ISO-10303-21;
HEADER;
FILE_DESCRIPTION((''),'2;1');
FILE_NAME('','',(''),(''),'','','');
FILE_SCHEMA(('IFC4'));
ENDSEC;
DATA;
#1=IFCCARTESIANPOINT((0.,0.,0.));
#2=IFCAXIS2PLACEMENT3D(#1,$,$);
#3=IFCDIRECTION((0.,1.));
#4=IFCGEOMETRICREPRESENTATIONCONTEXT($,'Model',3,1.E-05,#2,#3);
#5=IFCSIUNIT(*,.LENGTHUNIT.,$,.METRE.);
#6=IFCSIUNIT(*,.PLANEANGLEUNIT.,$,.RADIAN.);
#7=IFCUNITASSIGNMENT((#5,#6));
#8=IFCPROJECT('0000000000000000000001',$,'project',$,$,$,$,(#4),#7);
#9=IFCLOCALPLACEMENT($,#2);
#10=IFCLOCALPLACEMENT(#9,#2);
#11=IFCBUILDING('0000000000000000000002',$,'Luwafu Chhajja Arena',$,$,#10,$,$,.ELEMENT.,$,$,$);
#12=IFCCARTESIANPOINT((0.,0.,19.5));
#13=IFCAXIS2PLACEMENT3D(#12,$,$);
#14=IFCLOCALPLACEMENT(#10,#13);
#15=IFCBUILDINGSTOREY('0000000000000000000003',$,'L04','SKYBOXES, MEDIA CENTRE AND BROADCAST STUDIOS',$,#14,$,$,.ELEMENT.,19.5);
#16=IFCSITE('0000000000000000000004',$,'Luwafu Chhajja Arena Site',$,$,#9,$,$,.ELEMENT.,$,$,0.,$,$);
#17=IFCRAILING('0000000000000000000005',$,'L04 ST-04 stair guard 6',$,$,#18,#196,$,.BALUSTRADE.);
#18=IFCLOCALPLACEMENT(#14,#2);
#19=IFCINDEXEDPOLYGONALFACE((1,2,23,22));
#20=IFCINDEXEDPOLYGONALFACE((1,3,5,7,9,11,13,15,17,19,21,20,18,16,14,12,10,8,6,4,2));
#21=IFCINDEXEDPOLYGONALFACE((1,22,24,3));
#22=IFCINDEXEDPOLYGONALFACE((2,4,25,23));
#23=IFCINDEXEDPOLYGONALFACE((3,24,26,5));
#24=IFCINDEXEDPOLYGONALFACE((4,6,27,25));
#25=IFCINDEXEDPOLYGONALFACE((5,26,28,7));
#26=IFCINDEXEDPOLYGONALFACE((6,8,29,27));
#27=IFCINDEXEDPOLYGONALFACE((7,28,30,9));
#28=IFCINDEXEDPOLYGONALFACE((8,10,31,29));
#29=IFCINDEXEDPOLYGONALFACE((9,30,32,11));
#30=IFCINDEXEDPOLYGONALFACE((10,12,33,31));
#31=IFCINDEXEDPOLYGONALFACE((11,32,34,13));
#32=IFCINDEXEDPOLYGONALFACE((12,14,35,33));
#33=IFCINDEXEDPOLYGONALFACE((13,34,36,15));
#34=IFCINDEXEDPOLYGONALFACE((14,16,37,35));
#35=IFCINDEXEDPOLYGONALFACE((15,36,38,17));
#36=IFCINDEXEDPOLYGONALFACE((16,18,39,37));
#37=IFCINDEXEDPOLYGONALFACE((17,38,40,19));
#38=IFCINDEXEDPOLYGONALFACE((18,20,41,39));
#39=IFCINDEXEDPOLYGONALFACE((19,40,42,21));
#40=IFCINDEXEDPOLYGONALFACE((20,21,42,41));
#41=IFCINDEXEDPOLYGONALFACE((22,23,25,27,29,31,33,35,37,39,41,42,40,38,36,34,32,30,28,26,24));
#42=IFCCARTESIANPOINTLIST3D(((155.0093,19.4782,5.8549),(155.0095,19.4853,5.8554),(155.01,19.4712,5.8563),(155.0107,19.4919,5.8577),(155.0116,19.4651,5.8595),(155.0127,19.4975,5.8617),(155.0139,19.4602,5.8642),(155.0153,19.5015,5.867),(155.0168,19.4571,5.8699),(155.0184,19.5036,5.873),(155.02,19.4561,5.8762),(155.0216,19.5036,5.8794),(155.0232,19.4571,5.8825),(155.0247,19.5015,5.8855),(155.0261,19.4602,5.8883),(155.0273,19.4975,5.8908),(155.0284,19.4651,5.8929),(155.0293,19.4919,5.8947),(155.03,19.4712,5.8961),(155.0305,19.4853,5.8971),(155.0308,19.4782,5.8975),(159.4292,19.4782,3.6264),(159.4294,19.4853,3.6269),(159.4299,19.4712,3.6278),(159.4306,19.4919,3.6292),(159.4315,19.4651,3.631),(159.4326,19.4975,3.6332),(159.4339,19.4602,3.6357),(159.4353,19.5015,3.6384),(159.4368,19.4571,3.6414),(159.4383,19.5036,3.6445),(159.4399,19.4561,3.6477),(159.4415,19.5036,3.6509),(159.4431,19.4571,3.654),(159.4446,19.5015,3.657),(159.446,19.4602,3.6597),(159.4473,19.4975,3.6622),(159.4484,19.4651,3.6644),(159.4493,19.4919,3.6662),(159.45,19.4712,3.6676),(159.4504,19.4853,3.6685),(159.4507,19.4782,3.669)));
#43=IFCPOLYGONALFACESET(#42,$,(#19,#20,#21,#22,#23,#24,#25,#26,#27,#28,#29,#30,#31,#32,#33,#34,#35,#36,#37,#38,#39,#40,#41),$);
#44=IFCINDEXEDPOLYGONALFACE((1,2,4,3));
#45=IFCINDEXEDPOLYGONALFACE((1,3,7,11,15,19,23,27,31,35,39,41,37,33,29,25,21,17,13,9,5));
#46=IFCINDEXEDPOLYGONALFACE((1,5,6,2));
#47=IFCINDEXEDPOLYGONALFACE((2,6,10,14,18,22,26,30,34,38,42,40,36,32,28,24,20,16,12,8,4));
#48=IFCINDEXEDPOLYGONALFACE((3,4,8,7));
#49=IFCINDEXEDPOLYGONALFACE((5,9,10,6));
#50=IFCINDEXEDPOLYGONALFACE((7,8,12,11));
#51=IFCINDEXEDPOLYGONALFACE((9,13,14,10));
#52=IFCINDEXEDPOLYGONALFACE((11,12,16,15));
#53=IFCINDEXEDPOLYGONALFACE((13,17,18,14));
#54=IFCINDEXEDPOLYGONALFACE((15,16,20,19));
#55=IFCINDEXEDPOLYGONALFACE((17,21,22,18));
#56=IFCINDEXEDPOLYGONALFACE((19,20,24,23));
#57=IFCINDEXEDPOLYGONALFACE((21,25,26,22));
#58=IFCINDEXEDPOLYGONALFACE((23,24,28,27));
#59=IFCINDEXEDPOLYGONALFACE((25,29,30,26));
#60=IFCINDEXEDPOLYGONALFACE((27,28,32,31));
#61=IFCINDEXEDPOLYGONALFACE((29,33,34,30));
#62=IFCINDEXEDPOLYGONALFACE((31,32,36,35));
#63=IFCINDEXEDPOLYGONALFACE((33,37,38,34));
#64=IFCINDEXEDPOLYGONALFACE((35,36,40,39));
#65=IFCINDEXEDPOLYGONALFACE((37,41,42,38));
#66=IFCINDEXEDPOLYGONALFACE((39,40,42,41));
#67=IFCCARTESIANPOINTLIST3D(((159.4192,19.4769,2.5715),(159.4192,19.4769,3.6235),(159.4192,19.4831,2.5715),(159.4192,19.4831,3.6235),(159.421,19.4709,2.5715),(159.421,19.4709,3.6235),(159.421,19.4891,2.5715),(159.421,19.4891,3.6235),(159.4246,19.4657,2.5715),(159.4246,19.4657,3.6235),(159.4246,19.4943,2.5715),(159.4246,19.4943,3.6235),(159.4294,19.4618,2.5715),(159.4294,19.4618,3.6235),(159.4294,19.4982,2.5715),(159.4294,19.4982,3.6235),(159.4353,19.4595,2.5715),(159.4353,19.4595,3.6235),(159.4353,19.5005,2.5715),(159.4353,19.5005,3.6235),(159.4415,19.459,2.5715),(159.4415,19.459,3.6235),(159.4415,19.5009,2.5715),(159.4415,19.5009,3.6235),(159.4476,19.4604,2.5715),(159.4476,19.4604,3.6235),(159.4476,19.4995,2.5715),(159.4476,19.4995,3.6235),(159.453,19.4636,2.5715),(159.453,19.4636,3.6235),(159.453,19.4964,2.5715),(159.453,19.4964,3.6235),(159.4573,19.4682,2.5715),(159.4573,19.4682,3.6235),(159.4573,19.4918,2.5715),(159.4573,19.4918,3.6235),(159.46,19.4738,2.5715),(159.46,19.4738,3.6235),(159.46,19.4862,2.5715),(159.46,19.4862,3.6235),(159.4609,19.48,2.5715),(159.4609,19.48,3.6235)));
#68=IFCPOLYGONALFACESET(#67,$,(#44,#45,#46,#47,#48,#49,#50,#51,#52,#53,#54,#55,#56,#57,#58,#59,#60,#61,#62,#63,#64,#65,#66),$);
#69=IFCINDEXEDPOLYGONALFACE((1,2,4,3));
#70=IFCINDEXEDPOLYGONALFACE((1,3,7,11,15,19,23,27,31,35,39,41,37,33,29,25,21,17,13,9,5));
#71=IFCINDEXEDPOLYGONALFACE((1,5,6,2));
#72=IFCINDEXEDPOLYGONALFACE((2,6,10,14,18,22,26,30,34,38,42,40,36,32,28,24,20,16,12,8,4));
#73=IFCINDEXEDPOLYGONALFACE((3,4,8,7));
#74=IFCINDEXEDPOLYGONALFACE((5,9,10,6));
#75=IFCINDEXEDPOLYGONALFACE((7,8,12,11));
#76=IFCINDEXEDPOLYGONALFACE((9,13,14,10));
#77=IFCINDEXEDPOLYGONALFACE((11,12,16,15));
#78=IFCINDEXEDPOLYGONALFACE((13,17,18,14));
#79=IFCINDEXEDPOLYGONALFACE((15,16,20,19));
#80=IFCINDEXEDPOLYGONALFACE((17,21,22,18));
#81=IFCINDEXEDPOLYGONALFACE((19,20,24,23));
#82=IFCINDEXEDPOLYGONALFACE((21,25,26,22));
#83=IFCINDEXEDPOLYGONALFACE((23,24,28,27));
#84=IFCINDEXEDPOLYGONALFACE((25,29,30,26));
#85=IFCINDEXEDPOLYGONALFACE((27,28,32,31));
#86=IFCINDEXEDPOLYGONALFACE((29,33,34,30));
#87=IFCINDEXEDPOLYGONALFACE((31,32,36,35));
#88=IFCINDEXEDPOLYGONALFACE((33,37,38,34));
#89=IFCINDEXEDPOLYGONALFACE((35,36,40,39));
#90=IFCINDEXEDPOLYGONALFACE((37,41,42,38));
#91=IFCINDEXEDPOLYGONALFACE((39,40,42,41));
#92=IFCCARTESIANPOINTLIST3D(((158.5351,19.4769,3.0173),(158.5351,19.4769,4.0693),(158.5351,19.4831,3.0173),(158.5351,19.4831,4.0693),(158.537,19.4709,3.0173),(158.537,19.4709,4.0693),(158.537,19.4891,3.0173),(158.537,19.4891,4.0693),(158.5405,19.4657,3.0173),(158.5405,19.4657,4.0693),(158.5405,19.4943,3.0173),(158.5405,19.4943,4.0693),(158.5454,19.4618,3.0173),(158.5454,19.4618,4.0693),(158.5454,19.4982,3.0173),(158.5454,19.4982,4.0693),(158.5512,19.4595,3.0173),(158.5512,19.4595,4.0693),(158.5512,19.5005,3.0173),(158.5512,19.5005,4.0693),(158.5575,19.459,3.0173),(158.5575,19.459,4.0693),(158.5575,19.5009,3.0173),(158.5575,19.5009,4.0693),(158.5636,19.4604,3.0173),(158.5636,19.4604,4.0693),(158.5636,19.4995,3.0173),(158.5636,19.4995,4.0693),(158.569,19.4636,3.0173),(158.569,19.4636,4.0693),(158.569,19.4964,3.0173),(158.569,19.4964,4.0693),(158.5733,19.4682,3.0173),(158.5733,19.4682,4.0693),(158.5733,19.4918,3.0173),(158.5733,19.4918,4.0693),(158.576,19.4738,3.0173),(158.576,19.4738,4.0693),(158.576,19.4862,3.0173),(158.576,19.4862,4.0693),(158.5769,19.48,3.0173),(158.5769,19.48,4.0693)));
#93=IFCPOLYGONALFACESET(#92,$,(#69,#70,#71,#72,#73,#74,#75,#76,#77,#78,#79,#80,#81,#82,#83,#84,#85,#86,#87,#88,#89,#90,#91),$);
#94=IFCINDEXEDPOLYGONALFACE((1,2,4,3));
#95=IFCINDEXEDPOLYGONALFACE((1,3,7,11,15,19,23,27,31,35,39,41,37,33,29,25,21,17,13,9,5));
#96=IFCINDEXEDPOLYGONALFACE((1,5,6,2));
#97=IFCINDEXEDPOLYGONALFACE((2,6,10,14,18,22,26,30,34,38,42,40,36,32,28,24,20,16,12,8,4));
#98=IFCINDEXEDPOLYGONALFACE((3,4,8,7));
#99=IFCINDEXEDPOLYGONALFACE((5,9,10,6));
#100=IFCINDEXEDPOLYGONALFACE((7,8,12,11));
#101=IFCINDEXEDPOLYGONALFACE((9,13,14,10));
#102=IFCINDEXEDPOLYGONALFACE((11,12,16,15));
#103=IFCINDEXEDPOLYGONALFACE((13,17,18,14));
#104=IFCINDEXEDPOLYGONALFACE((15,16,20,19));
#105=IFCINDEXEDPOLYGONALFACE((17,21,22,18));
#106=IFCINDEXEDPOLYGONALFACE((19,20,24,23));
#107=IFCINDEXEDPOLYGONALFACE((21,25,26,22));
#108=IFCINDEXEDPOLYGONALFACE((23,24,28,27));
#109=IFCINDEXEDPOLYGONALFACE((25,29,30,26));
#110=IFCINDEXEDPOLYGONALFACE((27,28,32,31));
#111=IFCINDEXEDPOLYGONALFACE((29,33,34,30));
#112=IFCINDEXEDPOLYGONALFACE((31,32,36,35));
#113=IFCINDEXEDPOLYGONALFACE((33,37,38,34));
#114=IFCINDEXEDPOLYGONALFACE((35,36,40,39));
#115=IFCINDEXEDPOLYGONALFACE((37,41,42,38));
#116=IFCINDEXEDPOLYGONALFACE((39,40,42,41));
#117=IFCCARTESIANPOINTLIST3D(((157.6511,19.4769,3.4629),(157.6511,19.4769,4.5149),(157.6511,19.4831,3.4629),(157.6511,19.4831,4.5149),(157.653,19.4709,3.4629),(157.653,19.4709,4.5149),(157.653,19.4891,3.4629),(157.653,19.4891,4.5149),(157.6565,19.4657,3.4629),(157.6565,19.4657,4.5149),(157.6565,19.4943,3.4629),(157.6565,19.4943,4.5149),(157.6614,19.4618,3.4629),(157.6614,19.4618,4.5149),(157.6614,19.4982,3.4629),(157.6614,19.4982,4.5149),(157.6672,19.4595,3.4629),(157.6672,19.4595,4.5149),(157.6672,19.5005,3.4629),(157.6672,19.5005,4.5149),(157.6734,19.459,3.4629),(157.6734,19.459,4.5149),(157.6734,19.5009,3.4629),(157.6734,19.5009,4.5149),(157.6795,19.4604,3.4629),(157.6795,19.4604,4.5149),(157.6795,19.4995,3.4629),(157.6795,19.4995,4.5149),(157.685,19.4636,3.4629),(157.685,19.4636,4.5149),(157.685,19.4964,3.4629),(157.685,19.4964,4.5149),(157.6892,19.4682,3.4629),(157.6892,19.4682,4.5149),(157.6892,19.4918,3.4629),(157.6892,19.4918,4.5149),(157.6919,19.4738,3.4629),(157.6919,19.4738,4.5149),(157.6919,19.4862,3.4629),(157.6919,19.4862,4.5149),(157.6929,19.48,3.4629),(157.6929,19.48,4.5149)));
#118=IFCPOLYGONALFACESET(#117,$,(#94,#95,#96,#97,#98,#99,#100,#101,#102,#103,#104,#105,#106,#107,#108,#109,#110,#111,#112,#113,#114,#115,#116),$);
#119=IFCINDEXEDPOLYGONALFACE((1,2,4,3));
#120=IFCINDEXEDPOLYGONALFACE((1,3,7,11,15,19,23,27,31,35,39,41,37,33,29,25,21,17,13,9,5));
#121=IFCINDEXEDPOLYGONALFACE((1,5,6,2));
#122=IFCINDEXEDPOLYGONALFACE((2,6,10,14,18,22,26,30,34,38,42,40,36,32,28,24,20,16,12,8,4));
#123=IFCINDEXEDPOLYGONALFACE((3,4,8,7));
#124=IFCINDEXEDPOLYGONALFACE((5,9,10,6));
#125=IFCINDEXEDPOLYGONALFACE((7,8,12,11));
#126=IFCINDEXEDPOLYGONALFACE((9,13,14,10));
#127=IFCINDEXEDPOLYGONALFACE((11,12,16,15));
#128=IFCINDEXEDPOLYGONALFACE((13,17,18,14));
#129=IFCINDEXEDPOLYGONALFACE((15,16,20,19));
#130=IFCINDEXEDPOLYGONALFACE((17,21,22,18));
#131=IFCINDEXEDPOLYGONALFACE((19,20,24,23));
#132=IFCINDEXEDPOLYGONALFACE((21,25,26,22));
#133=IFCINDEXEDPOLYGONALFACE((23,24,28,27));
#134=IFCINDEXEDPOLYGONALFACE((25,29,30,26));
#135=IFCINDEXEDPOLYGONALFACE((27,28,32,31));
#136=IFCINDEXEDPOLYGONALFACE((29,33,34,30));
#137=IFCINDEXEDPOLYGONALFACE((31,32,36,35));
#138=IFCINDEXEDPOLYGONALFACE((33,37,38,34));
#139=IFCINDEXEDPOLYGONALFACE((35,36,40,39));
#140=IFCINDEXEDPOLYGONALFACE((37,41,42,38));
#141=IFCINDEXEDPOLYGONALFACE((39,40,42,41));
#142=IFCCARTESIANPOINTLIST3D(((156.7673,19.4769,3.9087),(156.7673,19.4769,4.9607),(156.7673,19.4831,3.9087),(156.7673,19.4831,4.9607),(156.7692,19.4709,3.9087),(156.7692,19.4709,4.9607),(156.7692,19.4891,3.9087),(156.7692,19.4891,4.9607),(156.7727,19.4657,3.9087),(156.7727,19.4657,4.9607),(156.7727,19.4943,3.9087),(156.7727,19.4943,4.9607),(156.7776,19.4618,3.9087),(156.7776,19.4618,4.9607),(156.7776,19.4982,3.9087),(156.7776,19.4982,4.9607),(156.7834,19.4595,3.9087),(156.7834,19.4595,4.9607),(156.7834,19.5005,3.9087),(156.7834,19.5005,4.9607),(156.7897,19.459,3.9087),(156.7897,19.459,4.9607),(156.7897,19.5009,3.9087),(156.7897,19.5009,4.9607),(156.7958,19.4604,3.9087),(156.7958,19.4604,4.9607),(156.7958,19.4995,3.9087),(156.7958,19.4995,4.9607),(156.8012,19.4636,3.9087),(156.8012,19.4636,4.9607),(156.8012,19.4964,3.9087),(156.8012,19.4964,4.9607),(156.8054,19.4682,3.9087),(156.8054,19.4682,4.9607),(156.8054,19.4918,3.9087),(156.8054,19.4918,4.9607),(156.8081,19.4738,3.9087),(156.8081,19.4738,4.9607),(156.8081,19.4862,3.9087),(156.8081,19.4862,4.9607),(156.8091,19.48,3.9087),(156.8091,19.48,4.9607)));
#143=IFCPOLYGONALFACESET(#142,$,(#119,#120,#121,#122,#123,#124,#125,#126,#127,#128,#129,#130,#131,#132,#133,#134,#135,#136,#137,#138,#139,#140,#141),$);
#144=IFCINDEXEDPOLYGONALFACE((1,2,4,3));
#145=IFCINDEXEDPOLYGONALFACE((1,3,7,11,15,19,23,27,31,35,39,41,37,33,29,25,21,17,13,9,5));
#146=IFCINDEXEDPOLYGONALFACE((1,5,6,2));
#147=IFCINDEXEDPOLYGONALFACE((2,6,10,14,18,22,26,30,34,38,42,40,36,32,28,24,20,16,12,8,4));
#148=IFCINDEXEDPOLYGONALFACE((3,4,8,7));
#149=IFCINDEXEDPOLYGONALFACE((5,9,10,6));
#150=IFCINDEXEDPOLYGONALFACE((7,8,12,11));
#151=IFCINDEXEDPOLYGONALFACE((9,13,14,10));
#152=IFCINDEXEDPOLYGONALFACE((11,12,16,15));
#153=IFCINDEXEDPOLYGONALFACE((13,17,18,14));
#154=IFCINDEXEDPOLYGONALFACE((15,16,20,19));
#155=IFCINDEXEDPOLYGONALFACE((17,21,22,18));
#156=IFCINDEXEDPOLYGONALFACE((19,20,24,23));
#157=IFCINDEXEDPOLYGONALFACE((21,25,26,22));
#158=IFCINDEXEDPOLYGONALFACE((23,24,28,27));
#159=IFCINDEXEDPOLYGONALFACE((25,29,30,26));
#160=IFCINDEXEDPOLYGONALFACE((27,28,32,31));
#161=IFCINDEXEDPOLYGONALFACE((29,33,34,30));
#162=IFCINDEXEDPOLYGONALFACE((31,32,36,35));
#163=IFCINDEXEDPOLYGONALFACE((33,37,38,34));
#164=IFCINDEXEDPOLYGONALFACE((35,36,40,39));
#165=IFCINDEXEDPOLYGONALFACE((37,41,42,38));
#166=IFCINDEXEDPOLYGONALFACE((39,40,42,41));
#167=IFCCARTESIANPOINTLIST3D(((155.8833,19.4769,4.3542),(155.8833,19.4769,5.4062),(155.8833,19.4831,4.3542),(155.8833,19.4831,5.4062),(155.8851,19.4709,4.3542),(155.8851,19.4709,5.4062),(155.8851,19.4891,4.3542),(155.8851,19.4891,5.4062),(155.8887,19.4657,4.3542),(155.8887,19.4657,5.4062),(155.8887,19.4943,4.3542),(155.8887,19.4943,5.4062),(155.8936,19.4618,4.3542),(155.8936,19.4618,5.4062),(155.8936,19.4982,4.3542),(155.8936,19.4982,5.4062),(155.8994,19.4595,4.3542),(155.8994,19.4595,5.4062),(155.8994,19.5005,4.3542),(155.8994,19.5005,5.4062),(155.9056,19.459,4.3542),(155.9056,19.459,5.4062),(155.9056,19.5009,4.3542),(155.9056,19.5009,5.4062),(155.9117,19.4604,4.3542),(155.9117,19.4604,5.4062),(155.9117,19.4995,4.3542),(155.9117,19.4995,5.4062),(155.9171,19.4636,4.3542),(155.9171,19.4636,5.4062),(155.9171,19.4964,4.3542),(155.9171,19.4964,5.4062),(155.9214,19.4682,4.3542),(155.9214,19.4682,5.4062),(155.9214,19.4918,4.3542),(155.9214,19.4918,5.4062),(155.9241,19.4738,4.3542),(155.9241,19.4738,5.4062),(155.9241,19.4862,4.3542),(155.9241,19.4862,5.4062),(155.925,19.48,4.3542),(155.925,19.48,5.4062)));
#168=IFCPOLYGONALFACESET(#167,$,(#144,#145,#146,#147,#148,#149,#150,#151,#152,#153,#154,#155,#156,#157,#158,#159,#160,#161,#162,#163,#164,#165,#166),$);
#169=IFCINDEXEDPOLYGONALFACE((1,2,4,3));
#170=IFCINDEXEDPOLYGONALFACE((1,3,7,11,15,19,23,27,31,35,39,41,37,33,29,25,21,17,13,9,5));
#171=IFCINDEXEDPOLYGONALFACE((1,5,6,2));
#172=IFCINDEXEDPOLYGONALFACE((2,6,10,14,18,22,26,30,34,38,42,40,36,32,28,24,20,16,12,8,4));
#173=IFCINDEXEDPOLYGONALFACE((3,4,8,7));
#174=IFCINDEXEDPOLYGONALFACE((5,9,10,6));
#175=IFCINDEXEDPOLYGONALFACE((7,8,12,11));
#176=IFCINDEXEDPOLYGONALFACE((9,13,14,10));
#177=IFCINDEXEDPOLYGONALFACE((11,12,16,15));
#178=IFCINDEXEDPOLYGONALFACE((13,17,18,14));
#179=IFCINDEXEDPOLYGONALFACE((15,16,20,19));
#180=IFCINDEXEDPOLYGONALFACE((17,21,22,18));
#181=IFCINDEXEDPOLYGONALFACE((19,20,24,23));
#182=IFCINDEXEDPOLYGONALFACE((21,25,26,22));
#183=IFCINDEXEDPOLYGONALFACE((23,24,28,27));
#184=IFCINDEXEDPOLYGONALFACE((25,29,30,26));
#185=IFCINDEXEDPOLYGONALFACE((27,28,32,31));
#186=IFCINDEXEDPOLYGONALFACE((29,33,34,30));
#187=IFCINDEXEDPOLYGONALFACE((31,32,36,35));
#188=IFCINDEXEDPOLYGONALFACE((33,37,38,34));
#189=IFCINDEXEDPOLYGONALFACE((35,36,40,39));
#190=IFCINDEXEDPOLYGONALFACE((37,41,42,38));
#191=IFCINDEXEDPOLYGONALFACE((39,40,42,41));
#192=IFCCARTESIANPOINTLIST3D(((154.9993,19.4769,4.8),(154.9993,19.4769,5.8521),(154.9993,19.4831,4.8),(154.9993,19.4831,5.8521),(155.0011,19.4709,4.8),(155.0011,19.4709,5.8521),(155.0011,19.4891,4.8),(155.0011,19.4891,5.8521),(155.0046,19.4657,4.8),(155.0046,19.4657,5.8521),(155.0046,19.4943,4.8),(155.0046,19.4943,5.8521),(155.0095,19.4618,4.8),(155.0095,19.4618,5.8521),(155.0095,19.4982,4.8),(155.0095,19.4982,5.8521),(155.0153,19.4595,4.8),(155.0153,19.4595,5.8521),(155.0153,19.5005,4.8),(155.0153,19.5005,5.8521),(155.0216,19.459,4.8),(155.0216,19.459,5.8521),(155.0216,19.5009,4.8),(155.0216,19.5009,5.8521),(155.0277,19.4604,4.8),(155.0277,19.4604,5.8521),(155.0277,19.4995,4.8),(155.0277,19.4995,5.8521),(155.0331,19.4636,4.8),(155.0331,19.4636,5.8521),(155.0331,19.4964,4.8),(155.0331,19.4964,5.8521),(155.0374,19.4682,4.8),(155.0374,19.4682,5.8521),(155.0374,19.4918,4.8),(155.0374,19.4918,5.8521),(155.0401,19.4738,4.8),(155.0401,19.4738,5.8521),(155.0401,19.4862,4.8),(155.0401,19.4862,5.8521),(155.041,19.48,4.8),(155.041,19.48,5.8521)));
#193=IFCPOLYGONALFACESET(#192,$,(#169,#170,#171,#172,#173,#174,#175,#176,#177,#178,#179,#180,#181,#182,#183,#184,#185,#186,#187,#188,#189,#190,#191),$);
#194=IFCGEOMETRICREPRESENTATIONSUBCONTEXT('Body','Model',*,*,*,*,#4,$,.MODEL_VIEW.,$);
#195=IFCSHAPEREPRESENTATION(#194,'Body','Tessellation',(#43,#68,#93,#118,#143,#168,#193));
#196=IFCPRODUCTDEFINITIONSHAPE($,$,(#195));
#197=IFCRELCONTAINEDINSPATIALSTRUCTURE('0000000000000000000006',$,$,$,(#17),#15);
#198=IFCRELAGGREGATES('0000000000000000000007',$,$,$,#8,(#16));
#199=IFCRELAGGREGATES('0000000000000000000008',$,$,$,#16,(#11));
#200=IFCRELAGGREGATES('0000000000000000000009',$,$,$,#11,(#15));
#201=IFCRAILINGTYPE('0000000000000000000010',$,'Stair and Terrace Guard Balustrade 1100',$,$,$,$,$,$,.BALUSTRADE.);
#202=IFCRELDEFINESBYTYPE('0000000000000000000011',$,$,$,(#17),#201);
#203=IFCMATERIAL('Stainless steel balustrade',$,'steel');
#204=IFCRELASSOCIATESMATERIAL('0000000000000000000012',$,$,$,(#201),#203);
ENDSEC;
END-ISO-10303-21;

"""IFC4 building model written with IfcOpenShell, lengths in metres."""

from ifc_helpers import new_model, si_unit, direction, frame, origin, origin_2d, place, context, subcontext, project, spatial, circle, extrude, material, type_object, element, save


model = new_model("IFC4")

# Units and contexts
model_context = context("Model", 3, precision=1e-05, world=origin(), true_north=direction((0.0, 1.0)))
body_context = subcontext(model_context, "Body", "Model", "MODEL_VIEW")
ifc_project = project(units=[si_unit("LENGTHUNIT", "METRE"), si_unit("PLANEANGLEUNIT", "RADIAN")], contexts=[model_context])

# Site, building, storey
site_placement = place(None, origin())
site = spatial("IfcSite", under=ifc_project, at=site_placement, Name="Luwafu Chhajja Arena Site", CompositionType="ELEMENT", RefElevation=0.0)
building_placement = place(site_placement, origin())
building = spatial("IfcBuilding", under=site, at=building_placement, Name="Luwafu Chhajja Arena", CompositionType="ELEMENT")
storey_placement = place(building_placement, frame((0.0, 0.0, 19.5)))
storey = spatial("IfcBuildingStorey", under=building, at=storey_placement, Name="L04", Description="SKYBOXES, MEDIA CENTRE AND BROADCAST STUDIOS", CompositionType="ELEMENT", Elevation=19.5)

# Railing
ifc_material_1 = material(Name="Stainless steel balustrade", Category="steel")
railing_type_1 = type_object("IfcRailingType", Name="Stair and Terrace Guard Balustrade 1100", PredefinedType="BALUSTRADE", material=ifc_material_1)
railing_1_placement = place(storey_placement, frame((159.4399, 19.48, 2.5715)))
element("IfcRailing", 1, at=railing_1_placement, inside=storey, type_object=railing_type_1, Name="L04 ST-04 stair guard 6", PredefinedType="BALUSTRADE", context=body_context, shape_type="SweptSolid", body=[
    extrude(circle(Radius=0.0239, at=origin_2d()), frame((0.0, 0.0, 1.0762), z_axis=(-0.892923, 0.0, 0.45021), x_axis=(0.0, -1.0, 0.0)), (0.0, 0.0, 1.0), 4.95),
    extrude(circle(Radius=0.021, at=origin_2d()), origin(), (0.0, 0.0, 1.0), 1.052),
    extrude(circle(Radius=0.021, at=origin_2d()), frame((-0.884, 0.0, 0.4458)), (0.0, 0.0, 1.0), 1.052),
    extrude(circle(Radius=0.021, at=origin_2d()), frame((-1.7681, 0.0, 0.8914)), (0.0, 0.0, 1.0), 1.052),
    extrude(circle(Radius=0.021, at=origin_2d()), frame((-2.6519, 0.0, 1.3372)), (0.0, 0.0, 1.0), 1.052),
    extrude(circle(Radius=0.021, at=origin_2d()), frame((-3.5359, 0.0, 1.7827)), (0.0, 0.0, 1.0), 1.052),
    extrude(circle(Radius=0.021, at=origin_2d()), frame((-4.4199, 0.0, 2.2285)), (0.0, 0.0, 1.0), 1.052),
])

save(model, "model.ifc")
